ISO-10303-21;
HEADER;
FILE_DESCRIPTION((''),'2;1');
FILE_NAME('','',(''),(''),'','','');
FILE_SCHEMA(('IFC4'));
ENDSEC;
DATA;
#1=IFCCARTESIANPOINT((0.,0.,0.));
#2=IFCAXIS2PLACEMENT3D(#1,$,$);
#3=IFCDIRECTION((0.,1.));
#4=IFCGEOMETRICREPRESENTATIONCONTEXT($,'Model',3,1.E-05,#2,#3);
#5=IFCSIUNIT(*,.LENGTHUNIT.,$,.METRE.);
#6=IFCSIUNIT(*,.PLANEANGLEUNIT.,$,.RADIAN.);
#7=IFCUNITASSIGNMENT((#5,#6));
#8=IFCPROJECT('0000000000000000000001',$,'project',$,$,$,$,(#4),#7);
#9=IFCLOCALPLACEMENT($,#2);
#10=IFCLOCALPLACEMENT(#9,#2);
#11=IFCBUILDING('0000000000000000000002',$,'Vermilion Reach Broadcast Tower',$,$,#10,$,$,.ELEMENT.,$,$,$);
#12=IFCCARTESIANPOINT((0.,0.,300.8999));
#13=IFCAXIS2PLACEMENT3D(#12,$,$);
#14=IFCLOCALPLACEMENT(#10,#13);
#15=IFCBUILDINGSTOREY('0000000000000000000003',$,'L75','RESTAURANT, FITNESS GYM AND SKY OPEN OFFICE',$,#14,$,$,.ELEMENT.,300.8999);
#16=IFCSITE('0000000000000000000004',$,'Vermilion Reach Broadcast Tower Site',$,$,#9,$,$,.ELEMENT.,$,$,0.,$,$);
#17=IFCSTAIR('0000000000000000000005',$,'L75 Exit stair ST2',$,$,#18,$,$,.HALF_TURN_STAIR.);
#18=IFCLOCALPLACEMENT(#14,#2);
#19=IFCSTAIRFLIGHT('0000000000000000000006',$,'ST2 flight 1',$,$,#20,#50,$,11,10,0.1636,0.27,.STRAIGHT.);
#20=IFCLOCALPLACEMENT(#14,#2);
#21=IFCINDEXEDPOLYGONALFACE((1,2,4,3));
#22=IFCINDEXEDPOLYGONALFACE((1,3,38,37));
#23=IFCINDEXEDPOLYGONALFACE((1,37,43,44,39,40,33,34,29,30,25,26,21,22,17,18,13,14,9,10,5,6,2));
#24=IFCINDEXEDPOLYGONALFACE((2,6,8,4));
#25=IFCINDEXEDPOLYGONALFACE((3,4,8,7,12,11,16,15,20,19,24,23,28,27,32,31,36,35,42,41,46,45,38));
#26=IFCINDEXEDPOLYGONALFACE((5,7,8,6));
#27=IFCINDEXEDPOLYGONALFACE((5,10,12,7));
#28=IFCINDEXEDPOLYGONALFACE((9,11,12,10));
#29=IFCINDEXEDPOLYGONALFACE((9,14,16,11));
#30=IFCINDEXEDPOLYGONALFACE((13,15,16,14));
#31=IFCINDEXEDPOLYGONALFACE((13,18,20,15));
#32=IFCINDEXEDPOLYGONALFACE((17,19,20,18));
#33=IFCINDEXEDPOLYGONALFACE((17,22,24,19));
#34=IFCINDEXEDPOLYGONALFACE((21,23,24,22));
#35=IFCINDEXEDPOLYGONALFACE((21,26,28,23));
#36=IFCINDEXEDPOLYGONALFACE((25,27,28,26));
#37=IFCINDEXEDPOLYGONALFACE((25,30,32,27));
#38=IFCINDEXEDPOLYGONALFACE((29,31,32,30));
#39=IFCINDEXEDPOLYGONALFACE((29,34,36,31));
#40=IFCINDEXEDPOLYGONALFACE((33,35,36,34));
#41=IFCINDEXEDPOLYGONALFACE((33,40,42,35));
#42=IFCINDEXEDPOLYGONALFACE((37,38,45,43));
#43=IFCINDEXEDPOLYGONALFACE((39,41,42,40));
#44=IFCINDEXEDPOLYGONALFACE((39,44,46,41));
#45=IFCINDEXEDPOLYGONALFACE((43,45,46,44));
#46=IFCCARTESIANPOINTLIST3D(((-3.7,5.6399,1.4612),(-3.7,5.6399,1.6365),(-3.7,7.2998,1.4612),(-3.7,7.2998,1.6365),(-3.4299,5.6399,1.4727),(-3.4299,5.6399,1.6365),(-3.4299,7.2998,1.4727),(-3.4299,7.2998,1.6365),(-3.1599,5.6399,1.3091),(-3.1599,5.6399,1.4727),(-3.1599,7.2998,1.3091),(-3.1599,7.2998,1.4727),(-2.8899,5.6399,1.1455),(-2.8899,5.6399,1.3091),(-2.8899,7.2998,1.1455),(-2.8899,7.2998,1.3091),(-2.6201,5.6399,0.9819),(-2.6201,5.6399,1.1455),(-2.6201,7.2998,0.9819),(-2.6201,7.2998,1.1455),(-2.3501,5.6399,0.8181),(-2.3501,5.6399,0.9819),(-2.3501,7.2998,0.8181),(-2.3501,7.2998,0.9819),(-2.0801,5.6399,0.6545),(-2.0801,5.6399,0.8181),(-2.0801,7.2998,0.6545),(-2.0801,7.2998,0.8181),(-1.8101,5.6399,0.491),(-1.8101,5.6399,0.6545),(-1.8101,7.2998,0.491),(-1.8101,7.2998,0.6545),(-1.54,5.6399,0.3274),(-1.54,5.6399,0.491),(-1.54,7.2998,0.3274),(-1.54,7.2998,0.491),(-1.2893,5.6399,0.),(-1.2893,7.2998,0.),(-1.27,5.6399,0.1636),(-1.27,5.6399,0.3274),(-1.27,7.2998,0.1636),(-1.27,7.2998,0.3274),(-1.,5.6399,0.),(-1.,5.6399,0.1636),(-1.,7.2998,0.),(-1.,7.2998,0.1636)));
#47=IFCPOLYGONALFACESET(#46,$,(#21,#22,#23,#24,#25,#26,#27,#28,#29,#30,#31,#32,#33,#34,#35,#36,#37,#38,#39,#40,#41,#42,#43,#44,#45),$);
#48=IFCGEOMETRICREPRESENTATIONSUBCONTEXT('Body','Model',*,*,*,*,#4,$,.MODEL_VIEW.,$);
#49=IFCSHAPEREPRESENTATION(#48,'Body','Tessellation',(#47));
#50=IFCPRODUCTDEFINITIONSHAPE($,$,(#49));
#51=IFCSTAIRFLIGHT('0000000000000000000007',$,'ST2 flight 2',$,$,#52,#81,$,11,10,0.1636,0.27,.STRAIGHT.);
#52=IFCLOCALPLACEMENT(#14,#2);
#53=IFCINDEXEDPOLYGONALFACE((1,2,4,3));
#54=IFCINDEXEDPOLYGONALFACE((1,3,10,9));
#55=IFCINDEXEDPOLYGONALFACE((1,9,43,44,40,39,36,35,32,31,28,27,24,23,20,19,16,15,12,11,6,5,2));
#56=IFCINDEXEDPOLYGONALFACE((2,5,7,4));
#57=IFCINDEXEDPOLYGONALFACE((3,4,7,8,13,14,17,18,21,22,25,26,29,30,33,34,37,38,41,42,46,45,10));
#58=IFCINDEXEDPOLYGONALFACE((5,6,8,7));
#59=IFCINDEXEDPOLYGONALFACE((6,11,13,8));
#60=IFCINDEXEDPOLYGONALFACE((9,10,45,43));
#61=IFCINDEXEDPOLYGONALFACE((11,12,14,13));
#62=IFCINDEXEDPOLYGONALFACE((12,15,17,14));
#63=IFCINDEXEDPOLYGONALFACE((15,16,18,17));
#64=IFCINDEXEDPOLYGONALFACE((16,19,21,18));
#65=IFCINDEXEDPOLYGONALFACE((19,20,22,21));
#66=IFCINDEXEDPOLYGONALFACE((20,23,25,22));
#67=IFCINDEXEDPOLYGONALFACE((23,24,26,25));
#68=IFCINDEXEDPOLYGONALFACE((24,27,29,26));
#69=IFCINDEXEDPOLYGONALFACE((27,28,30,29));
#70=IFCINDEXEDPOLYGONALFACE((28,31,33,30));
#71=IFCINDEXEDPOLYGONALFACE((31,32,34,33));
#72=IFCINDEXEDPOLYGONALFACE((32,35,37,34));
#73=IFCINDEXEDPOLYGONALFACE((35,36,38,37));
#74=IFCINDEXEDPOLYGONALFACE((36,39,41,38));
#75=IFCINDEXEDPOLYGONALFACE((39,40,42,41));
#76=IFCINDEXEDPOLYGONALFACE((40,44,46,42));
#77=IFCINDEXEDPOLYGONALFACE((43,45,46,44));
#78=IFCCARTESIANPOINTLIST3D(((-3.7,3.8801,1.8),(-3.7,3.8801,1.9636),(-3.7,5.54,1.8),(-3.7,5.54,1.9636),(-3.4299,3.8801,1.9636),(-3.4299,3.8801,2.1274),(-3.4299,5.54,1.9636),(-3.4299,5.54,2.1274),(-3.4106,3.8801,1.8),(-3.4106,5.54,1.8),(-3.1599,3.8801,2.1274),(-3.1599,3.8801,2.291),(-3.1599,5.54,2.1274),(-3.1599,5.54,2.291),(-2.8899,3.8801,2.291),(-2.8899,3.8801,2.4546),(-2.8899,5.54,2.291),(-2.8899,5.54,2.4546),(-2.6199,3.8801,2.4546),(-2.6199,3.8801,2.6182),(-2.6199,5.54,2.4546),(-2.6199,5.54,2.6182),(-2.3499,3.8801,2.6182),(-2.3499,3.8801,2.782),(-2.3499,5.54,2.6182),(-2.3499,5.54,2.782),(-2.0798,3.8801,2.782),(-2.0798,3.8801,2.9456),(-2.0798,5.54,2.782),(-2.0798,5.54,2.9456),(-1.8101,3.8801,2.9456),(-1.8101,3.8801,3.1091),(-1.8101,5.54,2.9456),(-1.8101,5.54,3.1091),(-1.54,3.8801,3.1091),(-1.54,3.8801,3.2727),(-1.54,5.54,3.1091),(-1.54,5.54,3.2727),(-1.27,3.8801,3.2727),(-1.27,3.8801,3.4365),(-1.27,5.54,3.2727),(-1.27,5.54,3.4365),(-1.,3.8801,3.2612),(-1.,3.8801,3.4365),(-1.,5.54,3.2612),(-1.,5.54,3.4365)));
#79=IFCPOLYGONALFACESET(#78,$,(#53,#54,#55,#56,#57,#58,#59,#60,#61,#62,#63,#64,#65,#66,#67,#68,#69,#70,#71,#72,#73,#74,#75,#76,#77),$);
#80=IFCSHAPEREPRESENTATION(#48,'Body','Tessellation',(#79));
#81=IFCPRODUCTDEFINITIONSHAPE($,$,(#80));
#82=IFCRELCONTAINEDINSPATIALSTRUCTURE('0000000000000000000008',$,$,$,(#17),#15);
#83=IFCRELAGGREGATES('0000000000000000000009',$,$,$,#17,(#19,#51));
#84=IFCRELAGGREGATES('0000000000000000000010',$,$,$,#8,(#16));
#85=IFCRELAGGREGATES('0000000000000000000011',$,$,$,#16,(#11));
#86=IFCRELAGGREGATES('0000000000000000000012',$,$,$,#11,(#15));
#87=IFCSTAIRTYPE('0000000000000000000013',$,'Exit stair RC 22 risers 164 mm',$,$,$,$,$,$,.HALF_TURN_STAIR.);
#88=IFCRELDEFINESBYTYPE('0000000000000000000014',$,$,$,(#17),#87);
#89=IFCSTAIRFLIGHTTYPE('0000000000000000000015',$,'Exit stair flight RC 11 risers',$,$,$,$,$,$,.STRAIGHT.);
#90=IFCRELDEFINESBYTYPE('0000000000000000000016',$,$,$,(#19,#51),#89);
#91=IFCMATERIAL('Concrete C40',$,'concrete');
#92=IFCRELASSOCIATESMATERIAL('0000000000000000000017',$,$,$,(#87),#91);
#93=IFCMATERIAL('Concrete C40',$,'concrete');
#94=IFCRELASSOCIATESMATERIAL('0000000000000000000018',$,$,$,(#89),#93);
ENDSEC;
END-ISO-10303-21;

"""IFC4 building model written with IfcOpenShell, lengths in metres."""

from ifc_helpers import new_model, si_unit, direction, frame, origin, place, context, subcontext, project, spatial, polyline, outline, extrude, material, type_object, element, aggregate, save


model = new_model("IFC4")

# Units and contexts
model_context = context("Model", 3, precision=1e-05, world=origin(), true_north=direction((0.0, 1.0)))
body_context = subcontext(model_context, "Body", "Model", "MODEL_VIEW")
ifc_project = project(units=[si_unit("LENGTHUNIT", "METRE"), si_unit("PLANEANGLEUNIT", "RADIAN")], contexts=[model_context])

# Site, building, storey
site_placement = place(None, origin())
site = spatial("IfcSite", under=ifc_project, at=site_placement, Name="Vermilion Reach Broadcast Tower Site", CompositionType="ELEMENT", RefElevation=0.0)
building_placement = place(site_placement, origin())
building = spatial("IfcBuilding", under=site, at=building_placement, Name="Vermilion Reach Broadcast Tower", CompositionType="ELEMENT")
storey_placement = place(building_placement, frame((0.0, 0.0, 300.8999)))
storey = spatial("IfcBuildingStorey", under=building, at=storey_placement, Name="L75", Description="RESTAURANT, FITNESS GYM AND SKY OPEN OFFICE", CompositionType="ELEMENT", Elevation=300.8999)

# Stair
ifc_material_1 = material(Name="Concrete C40", Category="concrete")
stair_type = type_object("IfcStairType", Name="Exit stair RC 22 risers 164 mm", PredefinedType="HALF_TURN_STAIR", material=ifc_material_1)
placement_1 = place(storey_placement, origin())
stair_1 = element("IfcStair", 1, at=placement_1, inside=storey, type_object=stair_type, Name="L75 Exit stair ST2", PredefinedType="HALF_TURN_STAIR")

# Stair flights
ifc_material_2 = material(Name="Concrete C40", Category="concrete")
stair_flight_type = type_object("IfcStairFlightType", Name="Exit stair flight RC 11 risers", PredefinedType="STRAIGHT", material=ifc_material_2)
stair_flight_1_placement = place(storey_placement, frame((-1.0, 6.47, 0.0), z_axis=(0.0, 0.0, 1.0), x_axis=(-1.0, 0.0, 0.0)))
stair_flight_1 = element("IfcStairFlight", 2, at=stair_flight_1_placement, type_object=stair_flight_type, Name="ST2 flight 1", NumberOfRisers=11, NumberOfTreads=10, PredefinedType="STRAIGHT", RiserHeight=0.1636, TreadLength=0.27, context=body_context, shape_type="SweptSolid", body=[
    extrude(outline(polyline([(0.0, 0.0), (0.0, 0.1636), (0.27, 0.1636), (0.27, 0.3274), (0.54, 0.3274), (0.54, 0.491), (0.8101, 0.491), (0.8101, 0.6545), (1.0801, 0.6545), (1.0801, 0.8181), (1.3501, 0.8181), (1.3501, 0.9819), (1.6201, 0.9819), (1.6201, 1.1455), (1.8899, 1.1455), (1.8899, 1.3091), (2.1599, 1.3091), (2.1599, 1.4727), (2.4299, 1.4727), (2.4299, 1.6365), (2.7, 1.6365), (2.7, 1.8), (2.7, 1.4612), (0.2893, 0.0), (0.0, 0.0)])), frame((0.0, 0.8301, 0.0), z_axis=(0.0, -1.0, 0.0), x_axis=(1.0, 0.0, 0.0)), (0.0, 0.0, 1.0), 1.6599),
])
stair_flight_2_placement = place(storey_placement, frame((-3.7, 4.71, 1.8), z_axis=(0.0, 0.0, 1.0), x_axis=(1.0, 0.0, 0.0)))
stair_flight_2 = element("IfcStairFlight", 3, at=stair_flight_2_placement, type_object=stair_flight_type, Name="ST2 flight 2", NumberOfRisers=11, NumberOfTreads=10, PredefinedType="STRAIGHT", RiserHeight=0.1636, TreadLength=0.27, context=body_context, shape_type="SweptSolid", body=[
    extrude(outline(polyline([(0.0, 0.0), (0.0, 0.1636), (0.27, 0.1636), (0.27, 0.3274), (0.54, 0.3274), (0.54, 0.491), (0.8101, 0.491), (0.8101, 0.6545), (1.0801, 0.6545), (1.0801, 0.8181), (1.3501, 0.8181), (1.3501, 0.9819), (1.6201, 0.9819), (1.6201, 1.1455), (1.8899, 1.1455), (1.8899, 1.3091), (2.1599, 1.3091), (2.1599, 1.4727), (2.4299, 1.4727), (2.4299, 1.6365), (2.7, 1.6365), (2.7, 1.8), (2.7, 1.4612), (0.2893, 0.0), (0.0, 0.0)])), frame((0.0, 0.8301, 0.0), z_axis=(0.0, -1.0, 0.0), x_axis=(1.0, 0.0, 0.0)), (0.0, 0.0, 1.0), 1.6599),
])
aggregate(stair_1, [stair_flight_1, stair_flight_2])

save(model, "model.ifc")
